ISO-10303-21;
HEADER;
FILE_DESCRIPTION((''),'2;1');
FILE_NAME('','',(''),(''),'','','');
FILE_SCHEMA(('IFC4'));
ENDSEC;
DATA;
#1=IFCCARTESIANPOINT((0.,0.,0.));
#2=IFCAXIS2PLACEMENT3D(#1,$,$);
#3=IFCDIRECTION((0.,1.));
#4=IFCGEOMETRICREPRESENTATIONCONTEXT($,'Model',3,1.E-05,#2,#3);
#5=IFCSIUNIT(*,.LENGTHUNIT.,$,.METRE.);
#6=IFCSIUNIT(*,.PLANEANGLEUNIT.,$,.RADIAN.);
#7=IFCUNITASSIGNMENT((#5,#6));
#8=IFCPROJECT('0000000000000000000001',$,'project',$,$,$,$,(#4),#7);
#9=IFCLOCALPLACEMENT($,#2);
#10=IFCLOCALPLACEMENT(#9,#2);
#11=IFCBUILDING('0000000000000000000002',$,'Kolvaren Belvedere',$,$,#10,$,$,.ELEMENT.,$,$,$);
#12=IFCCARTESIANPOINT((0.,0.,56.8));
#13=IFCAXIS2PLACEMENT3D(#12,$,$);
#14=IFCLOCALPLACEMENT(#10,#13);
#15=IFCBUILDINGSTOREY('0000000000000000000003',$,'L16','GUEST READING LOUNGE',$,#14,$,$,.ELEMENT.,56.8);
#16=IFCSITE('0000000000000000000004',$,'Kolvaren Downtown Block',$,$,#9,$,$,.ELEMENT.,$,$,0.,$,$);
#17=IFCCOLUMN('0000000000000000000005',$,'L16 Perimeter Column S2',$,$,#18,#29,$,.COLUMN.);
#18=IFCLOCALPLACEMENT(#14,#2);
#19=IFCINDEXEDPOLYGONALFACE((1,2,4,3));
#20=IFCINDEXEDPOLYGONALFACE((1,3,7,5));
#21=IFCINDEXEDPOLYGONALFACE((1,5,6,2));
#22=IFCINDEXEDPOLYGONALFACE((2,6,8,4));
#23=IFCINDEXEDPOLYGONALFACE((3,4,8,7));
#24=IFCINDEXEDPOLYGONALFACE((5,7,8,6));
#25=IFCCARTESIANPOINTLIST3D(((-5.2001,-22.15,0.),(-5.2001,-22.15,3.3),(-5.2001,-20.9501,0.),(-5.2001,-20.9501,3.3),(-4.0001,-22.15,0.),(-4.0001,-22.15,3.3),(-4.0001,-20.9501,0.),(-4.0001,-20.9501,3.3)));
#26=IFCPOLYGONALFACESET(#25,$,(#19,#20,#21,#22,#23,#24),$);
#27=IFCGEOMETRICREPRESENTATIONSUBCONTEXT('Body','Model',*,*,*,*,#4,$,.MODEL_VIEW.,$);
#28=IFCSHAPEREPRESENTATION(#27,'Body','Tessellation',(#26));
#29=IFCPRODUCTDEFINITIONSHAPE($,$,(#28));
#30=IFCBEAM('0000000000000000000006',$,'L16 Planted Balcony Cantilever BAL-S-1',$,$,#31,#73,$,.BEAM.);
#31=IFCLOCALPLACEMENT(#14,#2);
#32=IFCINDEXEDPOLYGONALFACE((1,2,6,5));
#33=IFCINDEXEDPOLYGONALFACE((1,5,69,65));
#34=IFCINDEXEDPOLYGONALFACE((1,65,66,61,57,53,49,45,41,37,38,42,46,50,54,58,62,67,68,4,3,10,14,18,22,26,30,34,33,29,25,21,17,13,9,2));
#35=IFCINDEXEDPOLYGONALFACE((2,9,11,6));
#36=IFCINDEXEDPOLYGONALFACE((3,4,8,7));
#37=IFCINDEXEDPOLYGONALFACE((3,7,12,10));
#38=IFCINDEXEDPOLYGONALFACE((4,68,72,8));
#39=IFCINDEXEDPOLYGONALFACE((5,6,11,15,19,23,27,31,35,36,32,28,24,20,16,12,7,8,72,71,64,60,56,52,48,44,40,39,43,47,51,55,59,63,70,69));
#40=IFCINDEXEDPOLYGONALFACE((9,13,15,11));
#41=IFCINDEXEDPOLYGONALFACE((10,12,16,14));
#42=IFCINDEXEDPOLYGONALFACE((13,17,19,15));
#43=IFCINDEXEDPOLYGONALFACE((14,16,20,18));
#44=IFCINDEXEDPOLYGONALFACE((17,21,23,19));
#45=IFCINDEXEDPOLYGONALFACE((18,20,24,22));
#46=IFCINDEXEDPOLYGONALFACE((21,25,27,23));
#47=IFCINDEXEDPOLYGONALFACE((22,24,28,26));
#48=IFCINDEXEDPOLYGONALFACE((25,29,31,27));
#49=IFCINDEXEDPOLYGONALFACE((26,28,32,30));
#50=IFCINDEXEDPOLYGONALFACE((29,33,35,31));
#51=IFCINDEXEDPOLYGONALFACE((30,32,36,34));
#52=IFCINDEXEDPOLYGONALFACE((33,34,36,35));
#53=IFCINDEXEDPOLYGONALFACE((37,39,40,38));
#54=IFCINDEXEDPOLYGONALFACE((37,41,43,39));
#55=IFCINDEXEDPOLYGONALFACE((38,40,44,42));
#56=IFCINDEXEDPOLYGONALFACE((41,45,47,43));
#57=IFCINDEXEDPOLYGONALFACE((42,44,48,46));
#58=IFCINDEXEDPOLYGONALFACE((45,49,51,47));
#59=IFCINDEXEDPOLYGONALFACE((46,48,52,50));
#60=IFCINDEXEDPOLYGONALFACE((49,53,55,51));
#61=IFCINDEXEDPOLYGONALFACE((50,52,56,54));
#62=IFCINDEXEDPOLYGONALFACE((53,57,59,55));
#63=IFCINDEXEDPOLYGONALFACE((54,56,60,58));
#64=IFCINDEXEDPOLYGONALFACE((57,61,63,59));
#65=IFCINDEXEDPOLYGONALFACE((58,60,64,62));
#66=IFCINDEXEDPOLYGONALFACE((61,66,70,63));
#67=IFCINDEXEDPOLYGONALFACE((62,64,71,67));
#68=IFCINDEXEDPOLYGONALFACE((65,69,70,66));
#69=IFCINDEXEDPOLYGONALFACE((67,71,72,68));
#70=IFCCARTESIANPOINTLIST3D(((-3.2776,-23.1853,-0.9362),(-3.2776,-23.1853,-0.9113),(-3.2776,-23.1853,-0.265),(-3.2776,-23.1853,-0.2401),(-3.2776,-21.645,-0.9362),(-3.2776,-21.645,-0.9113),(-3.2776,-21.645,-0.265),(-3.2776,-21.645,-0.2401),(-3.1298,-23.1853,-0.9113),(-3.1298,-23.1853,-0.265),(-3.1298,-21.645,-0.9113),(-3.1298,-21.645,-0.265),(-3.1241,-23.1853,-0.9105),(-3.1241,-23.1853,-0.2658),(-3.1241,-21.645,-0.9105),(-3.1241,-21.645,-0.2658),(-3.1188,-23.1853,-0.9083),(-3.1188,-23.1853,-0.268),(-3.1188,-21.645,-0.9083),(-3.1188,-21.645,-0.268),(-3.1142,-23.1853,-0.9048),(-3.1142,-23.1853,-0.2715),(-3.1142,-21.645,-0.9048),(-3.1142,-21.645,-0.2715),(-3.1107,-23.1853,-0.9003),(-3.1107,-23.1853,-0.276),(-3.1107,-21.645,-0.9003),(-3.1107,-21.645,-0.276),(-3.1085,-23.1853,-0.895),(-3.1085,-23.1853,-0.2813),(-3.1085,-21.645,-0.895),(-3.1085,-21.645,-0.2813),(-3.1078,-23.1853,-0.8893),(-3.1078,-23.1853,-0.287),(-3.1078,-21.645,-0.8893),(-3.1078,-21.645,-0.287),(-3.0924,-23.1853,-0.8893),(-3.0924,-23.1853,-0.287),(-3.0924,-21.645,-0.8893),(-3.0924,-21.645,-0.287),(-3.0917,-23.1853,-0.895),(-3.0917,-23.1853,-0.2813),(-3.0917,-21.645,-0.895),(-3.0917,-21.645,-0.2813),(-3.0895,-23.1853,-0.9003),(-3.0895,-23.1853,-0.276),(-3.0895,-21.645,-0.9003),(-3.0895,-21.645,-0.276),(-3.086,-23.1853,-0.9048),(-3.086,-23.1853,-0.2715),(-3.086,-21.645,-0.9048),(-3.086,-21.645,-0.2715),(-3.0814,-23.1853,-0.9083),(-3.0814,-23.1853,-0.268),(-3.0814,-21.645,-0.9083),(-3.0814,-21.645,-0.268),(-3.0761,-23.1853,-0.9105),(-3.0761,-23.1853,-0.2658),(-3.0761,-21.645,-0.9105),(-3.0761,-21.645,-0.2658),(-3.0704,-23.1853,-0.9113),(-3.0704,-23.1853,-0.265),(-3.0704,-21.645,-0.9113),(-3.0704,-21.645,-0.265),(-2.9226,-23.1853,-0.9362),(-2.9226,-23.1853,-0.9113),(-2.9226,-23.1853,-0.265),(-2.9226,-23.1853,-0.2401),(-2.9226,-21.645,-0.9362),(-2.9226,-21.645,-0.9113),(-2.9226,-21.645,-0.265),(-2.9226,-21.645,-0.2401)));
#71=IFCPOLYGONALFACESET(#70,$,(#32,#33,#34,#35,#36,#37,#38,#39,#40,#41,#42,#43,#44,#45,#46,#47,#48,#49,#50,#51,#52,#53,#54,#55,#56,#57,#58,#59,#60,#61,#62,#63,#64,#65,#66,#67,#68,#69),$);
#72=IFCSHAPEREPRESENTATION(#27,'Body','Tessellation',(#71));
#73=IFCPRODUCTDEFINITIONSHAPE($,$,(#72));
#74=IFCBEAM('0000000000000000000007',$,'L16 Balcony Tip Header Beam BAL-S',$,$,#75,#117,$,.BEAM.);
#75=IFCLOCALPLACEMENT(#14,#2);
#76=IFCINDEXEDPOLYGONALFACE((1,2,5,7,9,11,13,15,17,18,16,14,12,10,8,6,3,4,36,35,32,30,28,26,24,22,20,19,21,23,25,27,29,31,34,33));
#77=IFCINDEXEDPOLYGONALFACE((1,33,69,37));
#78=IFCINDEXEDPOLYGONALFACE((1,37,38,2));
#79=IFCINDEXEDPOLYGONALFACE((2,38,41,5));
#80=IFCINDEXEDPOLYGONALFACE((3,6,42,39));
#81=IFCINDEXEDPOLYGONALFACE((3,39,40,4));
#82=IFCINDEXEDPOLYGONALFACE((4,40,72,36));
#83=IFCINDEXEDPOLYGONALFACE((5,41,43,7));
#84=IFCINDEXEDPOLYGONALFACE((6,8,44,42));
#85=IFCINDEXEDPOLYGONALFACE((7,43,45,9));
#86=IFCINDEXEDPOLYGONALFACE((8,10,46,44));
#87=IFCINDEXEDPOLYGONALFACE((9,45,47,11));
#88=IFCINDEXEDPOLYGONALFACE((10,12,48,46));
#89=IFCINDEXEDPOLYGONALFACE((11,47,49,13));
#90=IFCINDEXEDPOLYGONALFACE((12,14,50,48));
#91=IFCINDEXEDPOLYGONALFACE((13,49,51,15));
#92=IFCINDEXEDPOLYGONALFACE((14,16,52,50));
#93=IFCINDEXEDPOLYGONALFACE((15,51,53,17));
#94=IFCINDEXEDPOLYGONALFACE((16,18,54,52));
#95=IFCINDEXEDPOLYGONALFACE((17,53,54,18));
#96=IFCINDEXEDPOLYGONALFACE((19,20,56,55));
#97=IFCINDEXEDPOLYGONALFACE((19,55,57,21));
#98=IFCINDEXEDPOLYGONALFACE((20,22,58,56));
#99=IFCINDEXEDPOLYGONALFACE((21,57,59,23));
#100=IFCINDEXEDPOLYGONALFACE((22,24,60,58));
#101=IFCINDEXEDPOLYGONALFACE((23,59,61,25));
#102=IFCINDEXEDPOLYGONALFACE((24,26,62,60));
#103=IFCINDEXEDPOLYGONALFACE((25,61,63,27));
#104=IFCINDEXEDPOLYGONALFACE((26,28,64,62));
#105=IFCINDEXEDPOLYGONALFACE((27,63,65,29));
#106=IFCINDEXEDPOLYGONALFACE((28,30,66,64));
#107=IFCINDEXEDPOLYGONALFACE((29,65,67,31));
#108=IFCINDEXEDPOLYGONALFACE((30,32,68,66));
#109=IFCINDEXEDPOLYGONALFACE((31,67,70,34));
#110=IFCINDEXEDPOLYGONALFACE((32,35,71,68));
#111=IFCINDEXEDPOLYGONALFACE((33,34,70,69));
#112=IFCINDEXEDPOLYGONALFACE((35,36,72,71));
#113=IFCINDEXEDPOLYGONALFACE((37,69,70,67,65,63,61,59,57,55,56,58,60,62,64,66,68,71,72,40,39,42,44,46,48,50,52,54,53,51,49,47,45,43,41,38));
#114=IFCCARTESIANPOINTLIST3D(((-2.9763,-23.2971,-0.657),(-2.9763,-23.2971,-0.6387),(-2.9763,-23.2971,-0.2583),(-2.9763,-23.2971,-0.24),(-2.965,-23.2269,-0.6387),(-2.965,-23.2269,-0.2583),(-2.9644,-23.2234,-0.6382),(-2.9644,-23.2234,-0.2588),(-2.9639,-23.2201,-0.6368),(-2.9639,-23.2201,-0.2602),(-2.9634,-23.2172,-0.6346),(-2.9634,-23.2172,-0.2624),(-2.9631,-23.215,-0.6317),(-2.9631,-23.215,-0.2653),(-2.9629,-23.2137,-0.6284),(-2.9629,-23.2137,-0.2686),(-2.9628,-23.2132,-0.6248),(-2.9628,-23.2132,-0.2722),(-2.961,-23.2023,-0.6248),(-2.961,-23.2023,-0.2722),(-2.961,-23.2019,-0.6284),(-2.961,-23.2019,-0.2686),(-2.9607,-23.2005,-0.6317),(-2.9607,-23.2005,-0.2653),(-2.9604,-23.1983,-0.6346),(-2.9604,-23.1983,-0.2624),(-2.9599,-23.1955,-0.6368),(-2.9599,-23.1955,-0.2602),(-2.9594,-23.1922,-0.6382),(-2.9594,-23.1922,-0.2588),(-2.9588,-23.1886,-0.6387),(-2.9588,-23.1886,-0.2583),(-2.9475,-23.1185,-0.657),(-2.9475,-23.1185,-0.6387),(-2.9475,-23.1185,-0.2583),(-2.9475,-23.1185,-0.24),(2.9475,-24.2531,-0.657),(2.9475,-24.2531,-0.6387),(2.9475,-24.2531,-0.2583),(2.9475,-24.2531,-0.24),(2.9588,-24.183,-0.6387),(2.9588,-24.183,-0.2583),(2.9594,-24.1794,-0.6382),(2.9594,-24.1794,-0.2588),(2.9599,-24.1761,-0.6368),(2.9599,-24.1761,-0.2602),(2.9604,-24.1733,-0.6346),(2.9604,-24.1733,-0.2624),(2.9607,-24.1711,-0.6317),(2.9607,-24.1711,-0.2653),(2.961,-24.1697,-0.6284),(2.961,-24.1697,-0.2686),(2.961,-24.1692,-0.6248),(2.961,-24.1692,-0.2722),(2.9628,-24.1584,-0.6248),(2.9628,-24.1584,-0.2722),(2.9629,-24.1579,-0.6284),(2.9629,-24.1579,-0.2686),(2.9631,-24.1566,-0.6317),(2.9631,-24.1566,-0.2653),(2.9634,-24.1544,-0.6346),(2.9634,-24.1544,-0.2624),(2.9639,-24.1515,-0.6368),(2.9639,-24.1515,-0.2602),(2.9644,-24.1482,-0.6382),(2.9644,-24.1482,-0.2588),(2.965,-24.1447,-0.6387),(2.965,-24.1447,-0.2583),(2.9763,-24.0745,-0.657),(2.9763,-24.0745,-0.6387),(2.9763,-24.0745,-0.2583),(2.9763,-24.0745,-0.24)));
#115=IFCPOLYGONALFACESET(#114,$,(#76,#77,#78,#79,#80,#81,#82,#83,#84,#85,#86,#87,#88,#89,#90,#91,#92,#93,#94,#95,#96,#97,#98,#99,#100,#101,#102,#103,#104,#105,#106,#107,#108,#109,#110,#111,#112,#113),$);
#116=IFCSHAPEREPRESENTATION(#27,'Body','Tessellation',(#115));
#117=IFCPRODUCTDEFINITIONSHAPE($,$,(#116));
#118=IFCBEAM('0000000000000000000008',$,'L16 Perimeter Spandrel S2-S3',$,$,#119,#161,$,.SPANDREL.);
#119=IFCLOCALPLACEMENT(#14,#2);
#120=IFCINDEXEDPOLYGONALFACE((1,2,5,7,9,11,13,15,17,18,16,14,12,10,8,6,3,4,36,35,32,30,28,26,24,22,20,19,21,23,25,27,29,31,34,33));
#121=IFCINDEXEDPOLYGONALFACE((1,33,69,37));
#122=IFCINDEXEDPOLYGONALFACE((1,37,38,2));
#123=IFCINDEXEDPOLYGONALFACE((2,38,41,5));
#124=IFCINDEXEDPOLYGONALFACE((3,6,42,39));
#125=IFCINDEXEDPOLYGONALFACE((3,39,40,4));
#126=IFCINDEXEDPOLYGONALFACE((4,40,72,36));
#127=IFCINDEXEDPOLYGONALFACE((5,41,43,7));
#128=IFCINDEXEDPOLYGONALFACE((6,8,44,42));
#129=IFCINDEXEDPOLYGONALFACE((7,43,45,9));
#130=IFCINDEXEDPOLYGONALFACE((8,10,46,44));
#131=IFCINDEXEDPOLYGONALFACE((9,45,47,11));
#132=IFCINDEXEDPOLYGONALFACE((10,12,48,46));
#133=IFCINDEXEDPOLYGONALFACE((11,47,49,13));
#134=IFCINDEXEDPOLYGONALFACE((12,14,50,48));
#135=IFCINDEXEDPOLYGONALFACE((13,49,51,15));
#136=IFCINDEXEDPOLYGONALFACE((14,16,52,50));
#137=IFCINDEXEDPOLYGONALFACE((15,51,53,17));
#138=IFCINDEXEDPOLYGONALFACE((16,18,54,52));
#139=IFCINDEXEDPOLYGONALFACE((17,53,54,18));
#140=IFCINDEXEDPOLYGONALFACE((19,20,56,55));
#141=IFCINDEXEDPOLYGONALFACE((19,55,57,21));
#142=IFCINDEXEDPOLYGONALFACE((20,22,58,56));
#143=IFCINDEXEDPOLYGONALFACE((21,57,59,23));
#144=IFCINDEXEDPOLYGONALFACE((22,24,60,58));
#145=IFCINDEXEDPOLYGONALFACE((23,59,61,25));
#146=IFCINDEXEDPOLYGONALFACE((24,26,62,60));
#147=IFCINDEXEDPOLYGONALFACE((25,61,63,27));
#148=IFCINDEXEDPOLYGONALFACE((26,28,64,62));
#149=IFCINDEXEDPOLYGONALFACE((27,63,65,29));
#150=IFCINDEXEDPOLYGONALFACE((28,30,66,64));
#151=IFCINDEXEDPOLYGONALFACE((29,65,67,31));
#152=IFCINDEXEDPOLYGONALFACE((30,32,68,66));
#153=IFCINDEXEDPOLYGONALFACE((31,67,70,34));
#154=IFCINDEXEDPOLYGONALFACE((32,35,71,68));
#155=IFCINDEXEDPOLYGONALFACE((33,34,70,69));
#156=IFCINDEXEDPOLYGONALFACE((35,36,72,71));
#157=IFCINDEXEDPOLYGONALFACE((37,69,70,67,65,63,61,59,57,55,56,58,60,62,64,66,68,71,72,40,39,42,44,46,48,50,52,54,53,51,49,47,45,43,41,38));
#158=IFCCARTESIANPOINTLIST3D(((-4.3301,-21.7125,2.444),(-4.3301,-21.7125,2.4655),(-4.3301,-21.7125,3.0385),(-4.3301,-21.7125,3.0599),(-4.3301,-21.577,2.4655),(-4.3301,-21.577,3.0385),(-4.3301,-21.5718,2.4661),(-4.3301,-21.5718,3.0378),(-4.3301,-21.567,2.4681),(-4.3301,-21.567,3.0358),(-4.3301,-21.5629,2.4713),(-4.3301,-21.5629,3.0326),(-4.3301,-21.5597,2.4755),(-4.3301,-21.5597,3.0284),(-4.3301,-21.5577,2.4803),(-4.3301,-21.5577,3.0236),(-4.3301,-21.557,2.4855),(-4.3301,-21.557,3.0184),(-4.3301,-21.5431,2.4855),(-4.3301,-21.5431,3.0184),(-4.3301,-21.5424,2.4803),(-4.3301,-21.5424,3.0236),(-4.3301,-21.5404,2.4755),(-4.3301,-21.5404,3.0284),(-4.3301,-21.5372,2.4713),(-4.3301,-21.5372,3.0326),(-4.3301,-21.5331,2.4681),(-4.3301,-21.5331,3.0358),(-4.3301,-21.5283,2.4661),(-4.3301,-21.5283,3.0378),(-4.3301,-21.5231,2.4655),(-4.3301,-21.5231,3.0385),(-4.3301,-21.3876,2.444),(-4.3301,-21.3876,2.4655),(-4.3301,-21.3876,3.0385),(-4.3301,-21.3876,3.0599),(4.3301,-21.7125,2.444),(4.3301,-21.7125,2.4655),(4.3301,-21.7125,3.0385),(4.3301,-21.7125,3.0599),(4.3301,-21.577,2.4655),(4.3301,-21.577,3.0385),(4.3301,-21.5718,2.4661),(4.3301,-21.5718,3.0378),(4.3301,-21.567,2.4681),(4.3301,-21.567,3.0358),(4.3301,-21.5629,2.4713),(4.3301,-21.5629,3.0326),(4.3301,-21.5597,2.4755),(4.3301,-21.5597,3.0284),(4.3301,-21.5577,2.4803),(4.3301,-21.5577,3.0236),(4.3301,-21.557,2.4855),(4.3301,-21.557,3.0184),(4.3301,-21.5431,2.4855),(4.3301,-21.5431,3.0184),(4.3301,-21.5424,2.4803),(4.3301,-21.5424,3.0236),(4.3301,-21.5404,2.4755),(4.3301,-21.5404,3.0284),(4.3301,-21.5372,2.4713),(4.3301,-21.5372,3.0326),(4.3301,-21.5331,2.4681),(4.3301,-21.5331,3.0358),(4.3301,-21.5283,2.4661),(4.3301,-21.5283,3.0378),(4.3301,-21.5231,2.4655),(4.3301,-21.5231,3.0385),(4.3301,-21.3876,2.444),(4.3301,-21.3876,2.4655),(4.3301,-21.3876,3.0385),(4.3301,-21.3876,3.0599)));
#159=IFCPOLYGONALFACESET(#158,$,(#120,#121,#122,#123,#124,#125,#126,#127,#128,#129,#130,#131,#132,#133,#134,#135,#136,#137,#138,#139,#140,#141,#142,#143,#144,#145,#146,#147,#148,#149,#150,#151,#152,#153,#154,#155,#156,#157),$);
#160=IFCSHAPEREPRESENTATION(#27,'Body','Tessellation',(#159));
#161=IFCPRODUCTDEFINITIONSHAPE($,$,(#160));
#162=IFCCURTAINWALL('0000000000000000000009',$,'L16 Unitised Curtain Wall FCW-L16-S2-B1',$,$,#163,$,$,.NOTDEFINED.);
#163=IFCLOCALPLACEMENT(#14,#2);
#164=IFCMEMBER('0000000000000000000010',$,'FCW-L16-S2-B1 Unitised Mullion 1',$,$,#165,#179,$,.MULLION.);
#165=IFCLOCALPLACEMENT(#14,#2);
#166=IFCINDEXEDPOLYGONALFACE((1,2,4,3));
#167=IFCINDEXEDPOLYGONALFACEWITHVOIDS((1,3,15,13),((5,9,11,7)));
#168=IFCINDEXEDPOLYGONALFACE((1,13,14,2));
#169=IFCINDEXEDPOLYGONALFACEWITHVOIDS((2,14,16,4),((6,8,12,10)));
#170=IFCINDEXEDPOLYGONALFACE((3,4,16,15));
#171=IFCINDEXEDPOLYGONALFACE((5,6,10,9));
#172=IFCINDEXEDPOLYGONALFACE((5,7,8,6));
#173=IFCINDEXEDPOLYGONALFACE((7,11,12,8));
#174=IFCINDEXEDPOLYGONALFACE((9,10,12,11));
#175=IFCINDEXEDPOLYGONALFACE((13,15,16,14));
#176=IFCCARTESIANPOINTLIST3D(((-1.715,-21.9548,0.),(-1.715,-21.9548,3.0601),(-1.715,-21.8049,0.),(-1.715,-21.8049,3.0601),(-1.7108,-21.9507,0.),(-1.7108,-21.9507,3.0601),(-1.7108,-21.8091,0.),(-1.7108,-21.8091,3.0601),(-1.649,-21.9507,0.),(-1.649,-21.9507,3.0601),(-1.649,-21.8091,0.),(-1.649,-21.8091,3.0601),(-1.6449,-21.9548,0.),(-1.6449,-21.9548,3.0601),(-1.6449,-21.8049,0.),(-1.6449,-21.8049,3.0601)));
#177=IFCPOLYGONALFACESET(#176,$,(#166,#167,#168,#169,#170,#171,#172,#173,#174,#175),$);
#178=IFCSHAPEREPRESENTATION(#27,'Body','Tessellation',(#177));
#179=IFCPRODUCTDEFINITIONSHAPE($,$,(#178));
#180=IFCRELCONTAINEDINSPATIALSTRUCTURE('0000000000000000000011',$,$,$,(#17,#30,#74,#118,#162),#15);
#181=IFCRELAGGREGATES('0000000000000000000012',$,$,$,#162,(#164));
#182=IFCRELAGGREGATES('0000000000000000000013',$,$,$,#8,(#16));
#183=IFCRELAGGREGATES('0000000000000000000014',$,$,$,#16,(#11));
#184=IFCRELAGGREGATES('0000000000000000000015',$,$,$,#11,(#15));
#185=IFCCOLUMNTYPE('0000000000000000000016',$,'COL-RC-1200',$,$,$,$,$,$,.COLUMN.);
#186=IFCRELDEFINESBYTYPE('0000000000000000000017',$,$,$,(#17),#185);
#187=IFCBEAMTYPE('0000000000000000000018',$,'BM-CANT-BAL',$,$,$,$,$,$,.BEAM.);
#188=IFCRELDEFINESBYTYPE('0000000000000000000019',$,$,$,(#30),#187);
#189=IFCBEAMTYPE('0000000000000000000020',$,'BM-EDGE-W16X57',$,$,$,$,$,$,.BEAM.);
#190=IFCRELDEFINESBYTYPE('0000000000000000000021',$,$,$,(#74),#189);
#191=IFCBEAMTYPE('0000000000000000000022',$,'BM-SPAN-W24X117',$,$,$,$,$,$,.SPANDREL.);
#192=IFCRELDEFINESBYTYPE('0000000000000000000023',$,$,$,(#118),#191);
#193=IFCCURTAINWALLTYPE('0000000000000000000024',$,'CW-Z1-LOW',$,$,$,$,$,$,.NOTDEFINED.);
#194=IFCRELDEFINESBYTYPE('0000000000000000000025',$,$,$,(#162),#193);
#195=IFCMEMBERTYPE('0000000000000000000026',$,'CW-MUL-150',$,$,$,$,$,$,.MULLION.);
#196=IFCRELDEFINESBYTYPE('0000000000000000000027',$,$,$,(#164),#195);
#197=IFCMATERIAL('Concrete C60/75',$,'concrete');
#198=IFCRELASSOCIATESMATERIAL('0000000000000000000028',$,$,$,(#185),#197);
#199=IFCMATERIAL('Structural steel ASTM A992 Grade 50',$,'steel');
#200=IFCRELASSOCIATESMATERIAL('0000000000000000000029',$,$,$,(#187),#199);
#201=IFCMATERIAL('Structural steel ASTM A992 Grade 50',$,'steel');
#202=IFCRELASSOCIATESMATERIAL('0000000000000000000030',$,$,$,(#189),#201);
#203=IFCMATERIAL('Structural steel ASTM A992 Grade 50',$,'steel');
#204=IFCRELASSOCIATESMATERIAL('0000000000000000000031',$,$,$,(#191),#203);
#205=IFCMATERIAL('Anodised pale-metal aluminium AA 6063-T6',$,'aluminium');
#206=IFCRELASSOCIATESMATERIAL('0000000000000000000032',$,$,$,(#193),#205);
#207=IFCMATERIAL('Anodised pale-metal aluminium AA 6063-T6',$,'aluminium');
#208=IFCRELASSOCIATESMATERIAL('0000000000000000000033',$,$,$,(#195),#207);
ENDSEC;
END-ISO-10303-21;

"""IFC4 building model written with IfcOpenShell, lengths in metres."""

from ifc_helpers import new_model, si_unit, direction, frame, origin, origin_2d, place, context, subcontext, project, spatial, rectangle, hollow_rectangle, i_section, extrude, material, material_profile, profile_set, type_object, element, aggregate, save


model = new_model("IFC4")

# Units and contexts
model_context = context("Model", 3, precision=1e-05, world=origin(), true_north=direction((0.0, 1.0)))
body_context = subcontext(model_context, "Body", "Model", "MODEL_VIEW")
ifc_project = project(units=[si_unit("LENGTHUNIT", "METRE"), si_unit("PLANEANGLEUNIT", "RADIAN")], contexts=[model_context])

# Site, building, storey
site_placement = place(None, origin())
site = spatial("IfcSite", under=ifc_project, at=site_placement, Name="Kolvaren Downtown Block", CompositionType="ELEMENT", RefElevation=0.0)
building_placement = place(site_placement, origin())
building = spatial("IfcBuilding", under=site, at=building_placement, Name="Kolvaren Belvedere", CompositionType="ELEMENT")
storey_placement = place(building_placement, frame((0.0, 0.0, 56.8)))
storey = spatial("IfcBuildingStorey", under=building, at=storey_placement, Name="L16", Description="GUEST READING LOUNGE", CompositionType="ELEMENT", Elevation=56.8)

# Column
ifc_material_1 = material(Name="Concrete C60/75", Category="concrete")
ifc_material_profile_1 = material_profile(ifc_material_1, rectangle(XDim=1.2, YDim=1.2, at=origin_2d()), Name="RC 1200X1200")
ifc_profile_set_1 = profile_set([ifc_material_profile_1], Name="Concrete C60/75")
column_type = type_object("IfcColumnType", Name="COL-RC-1200", PredefinedType="COLUMN", material=ifc_profile_set_1)
column_placement = place(storey_placement, frame((-4.6001, -21.55, 0.0), z_axis=(0.0, 0.0, 1.0), x_axis=(1.0, 0.0, 0.0)))
element("IfcColumn", 1, at=column_placement, inside=storey, type_object=column_type, Name="L16 Perimeter Column S2", PredefinedType="COLUMN", context=body_context, shape_type="SweptSolid", body=[
    extrude(rectangle(XDim=1.2, YDim=1.2, at=origin_2d()), origin(), (0.0, 0.0, 1.0), 3.3),
])

# Beams
ifc_material_2 = material(Name="Structural steel ASTM A992 Grade 50", Category="steel")
ifc_material_profile_2 = material_profile(ifc_material_2, i_section(OverallWidth=0.355, OverallDepth=0.696, WebThickness=0.0154, FlangeThickness=0.0249, FilletRadius=0.022, at=origin_2d()), Name="W27X146")
ifc_profile_set_2 = profile_set([ifc_material_profile_2], Name="Structural steel ASTM A992 Grade 50")
beam_type_1 = type_object("IfcBeamType", Name="BM-CANT-BAL", PredefinedType="BEAM", material=ifc_profile_set_2)
beam_1_placement = place(storey_placement, frame((-3.1001, -21.645, -0.5881), z_axis=(0.0, -1.0, 0.0), x_axis=(1.0, 0.0, 0.0)))
element("IfcBeam", 2, at=beam_1_placement, inside=storey, type_object=beam_type_1, Name="L16 Planted Balcony Cantilever BAL-S-1", PredefinedType="BEAM", context=body_context, shape_type="SweptSolid", body=[
    extrude(i_section(OverallWidth=0.355, OverallDepth=0.696, WebThickness=0.0154, FlangeThickness=0.0249, FilletRadius=0.022, at=origin_2d()), origin(), (0.0, 0.0, 1.0), 1.5403),
])
ifc_material_3 = material(Name="Structural steel ASTM A992 Grade 50", Category="steel")
ifc_material_profile_3 = material_profile(ifc_material_3, i_section(OverallWidth=0.1809, OverallDepth=0.417, WebThickness=0.011, FlangeThickness=0.0183, FilletRadius=0.0139, at=origin_2d()), Name="W16X57")
ifc_profile_set_3 = profile_set([ifc_material_profile_3], Name="Structural steel ASTM A992 Grade 50")
beam_type_2 = type_object("IfcBeamType", Name="BM-EDGE-W16X57", PredefinedType="BEAM", material=ifc_profile_set_3)
beam_2_placement = place(storey_placement, frame((-2.9619, -23.2078, -0.4485), z_axis=(0.987225, -0.15933, 0.0), x_axis=(0.15933, 0.987225, 0.0)))
element("IfcBeam", 3, at=beam_2_placement, inside=storey, type_object=beam_type_2, Name="L16 Balcony Tip Header Beam BAL-S", PredefinedType="BEAM", context=body_context, shape_type="SweptSolid", body=[
    extrude(i_section(OverallWidth=0.1809, OverallDepth=0.417, WebThickness=0.011, FlangeThickness=0.0183, FilletRadius=0.0139, at=origin_2d()), origin(), (0.0, 0.0, 1.0), 6.0005),
])
ifc_material_4 = material(Name="Structural steel ASTM A992 Grade 50", Category="steel")
ifc_material_profile_4 = material_profile(ifc_material_4, i_section(OverallWidth=0.325, OverallDepth=0.616, WebThickness=0.0139, FlangeThickness=0.0215, FilletRadius=0.02, at=origin_2d()), Name="W24X117")
ifc_profile_set_4 = profile_set([ifc_material_profile_4], Name="Structural steel ASTM A992 Grade 50")
beam_type_3 = type_object("IfcBeamType", Name="BM-SPAN-W24X117", PredefinedType="SPANDREL", material=ifc_profile_set_4)
beam_3_placement = place(storey_placement, frame((-4.3301, -21.55, 2.752), z_axis=(1.0, 0.0, 0.0), x_axis=(0.0, 1.0, 0.0)))
element("IfcBeam", 4, at=beam_3_placement, inside=storey, type_object=beam_type_3, Name="L16 Perimeter Spandrel S2-S3", PredefinedType="SPANDREL", context=body_context, shape_type="SweptSolid", body=[
    extrude(i_section(OverallWidth=0.325, OverallDepth=0.616, WebThickness=0.0139, FlangeThickness=0.0215, FilletRadius=0.02, at=origin_2d()), origin(), (0.0, 0.0, 1.0), 8.6602),
])

# Curtain wall, member
ifc_material_5 = material(Name="Anodised pale-metal aluminium AA 6063-T6", Category="aluminium")
curtain_wall_type = type_object("IfcCurtainWallType", Name="CW-Z1-LOW", PredefinedType="NOTDEFINED", material=ifc_material_5)
curtain_wall_1_placement = place(storey_placement, origin())
curtain_wall_1 = element("IfcCurtainWall", 5, at=curtain_wall_1_placement, inside=storey, type_object=curtain_wall_type, Name="L16 Unitised Curtain Wall FCW-L16-S2-B1", PredefinedType="NOTDEFINED")
ifc_material_6 = material(Name="Anodised pale-metal aluminium AA 6063-T6", Category="aluminium")
ifc_material_profile_5 = material_profile(ifc_material_6, hollow_rectangle(XDim=0.0701, YDim=0.1499, WallThickness=0.0042, at=origin_2d()), Name="ALU-MUL-150X70")
ifc_profile_set_5 = profile_set([ifc_material_profile_5], Name="Anodised pale-metal aluminium AA 6063-T6")
member_type_1 = type_object("IfcMemberType", Name="CW-MUL-150", PredefinedType="MULLION", material=ifc_profile_set_5)
member_1_placement = place(storey_placement, frame((-1.6799, -21.8799, 0.0), z_axis=(0.0, 0.0, 1.0), x_axis=(1.0, 0.0, 0.0)))
member_1 = element("IfcMember", 6, at=member_1_placement, type_object=member_type_1, Name="FCW-L16-S2-B1 Unitised Mullion 1", PredefinedType="MULLION", context=body_context, shape_type="SweptSolid", body=[
    extrude(hollow_rectangle(XDim=0.0701, YDim=0.1499, WallThickness=0.0042, at=origin_2d()), origin(), (0.0, 0.0, 1.0), 3.0601),
])

aggregate(curtain_wall_1, [member_1])

save(model, "model.ifc")
